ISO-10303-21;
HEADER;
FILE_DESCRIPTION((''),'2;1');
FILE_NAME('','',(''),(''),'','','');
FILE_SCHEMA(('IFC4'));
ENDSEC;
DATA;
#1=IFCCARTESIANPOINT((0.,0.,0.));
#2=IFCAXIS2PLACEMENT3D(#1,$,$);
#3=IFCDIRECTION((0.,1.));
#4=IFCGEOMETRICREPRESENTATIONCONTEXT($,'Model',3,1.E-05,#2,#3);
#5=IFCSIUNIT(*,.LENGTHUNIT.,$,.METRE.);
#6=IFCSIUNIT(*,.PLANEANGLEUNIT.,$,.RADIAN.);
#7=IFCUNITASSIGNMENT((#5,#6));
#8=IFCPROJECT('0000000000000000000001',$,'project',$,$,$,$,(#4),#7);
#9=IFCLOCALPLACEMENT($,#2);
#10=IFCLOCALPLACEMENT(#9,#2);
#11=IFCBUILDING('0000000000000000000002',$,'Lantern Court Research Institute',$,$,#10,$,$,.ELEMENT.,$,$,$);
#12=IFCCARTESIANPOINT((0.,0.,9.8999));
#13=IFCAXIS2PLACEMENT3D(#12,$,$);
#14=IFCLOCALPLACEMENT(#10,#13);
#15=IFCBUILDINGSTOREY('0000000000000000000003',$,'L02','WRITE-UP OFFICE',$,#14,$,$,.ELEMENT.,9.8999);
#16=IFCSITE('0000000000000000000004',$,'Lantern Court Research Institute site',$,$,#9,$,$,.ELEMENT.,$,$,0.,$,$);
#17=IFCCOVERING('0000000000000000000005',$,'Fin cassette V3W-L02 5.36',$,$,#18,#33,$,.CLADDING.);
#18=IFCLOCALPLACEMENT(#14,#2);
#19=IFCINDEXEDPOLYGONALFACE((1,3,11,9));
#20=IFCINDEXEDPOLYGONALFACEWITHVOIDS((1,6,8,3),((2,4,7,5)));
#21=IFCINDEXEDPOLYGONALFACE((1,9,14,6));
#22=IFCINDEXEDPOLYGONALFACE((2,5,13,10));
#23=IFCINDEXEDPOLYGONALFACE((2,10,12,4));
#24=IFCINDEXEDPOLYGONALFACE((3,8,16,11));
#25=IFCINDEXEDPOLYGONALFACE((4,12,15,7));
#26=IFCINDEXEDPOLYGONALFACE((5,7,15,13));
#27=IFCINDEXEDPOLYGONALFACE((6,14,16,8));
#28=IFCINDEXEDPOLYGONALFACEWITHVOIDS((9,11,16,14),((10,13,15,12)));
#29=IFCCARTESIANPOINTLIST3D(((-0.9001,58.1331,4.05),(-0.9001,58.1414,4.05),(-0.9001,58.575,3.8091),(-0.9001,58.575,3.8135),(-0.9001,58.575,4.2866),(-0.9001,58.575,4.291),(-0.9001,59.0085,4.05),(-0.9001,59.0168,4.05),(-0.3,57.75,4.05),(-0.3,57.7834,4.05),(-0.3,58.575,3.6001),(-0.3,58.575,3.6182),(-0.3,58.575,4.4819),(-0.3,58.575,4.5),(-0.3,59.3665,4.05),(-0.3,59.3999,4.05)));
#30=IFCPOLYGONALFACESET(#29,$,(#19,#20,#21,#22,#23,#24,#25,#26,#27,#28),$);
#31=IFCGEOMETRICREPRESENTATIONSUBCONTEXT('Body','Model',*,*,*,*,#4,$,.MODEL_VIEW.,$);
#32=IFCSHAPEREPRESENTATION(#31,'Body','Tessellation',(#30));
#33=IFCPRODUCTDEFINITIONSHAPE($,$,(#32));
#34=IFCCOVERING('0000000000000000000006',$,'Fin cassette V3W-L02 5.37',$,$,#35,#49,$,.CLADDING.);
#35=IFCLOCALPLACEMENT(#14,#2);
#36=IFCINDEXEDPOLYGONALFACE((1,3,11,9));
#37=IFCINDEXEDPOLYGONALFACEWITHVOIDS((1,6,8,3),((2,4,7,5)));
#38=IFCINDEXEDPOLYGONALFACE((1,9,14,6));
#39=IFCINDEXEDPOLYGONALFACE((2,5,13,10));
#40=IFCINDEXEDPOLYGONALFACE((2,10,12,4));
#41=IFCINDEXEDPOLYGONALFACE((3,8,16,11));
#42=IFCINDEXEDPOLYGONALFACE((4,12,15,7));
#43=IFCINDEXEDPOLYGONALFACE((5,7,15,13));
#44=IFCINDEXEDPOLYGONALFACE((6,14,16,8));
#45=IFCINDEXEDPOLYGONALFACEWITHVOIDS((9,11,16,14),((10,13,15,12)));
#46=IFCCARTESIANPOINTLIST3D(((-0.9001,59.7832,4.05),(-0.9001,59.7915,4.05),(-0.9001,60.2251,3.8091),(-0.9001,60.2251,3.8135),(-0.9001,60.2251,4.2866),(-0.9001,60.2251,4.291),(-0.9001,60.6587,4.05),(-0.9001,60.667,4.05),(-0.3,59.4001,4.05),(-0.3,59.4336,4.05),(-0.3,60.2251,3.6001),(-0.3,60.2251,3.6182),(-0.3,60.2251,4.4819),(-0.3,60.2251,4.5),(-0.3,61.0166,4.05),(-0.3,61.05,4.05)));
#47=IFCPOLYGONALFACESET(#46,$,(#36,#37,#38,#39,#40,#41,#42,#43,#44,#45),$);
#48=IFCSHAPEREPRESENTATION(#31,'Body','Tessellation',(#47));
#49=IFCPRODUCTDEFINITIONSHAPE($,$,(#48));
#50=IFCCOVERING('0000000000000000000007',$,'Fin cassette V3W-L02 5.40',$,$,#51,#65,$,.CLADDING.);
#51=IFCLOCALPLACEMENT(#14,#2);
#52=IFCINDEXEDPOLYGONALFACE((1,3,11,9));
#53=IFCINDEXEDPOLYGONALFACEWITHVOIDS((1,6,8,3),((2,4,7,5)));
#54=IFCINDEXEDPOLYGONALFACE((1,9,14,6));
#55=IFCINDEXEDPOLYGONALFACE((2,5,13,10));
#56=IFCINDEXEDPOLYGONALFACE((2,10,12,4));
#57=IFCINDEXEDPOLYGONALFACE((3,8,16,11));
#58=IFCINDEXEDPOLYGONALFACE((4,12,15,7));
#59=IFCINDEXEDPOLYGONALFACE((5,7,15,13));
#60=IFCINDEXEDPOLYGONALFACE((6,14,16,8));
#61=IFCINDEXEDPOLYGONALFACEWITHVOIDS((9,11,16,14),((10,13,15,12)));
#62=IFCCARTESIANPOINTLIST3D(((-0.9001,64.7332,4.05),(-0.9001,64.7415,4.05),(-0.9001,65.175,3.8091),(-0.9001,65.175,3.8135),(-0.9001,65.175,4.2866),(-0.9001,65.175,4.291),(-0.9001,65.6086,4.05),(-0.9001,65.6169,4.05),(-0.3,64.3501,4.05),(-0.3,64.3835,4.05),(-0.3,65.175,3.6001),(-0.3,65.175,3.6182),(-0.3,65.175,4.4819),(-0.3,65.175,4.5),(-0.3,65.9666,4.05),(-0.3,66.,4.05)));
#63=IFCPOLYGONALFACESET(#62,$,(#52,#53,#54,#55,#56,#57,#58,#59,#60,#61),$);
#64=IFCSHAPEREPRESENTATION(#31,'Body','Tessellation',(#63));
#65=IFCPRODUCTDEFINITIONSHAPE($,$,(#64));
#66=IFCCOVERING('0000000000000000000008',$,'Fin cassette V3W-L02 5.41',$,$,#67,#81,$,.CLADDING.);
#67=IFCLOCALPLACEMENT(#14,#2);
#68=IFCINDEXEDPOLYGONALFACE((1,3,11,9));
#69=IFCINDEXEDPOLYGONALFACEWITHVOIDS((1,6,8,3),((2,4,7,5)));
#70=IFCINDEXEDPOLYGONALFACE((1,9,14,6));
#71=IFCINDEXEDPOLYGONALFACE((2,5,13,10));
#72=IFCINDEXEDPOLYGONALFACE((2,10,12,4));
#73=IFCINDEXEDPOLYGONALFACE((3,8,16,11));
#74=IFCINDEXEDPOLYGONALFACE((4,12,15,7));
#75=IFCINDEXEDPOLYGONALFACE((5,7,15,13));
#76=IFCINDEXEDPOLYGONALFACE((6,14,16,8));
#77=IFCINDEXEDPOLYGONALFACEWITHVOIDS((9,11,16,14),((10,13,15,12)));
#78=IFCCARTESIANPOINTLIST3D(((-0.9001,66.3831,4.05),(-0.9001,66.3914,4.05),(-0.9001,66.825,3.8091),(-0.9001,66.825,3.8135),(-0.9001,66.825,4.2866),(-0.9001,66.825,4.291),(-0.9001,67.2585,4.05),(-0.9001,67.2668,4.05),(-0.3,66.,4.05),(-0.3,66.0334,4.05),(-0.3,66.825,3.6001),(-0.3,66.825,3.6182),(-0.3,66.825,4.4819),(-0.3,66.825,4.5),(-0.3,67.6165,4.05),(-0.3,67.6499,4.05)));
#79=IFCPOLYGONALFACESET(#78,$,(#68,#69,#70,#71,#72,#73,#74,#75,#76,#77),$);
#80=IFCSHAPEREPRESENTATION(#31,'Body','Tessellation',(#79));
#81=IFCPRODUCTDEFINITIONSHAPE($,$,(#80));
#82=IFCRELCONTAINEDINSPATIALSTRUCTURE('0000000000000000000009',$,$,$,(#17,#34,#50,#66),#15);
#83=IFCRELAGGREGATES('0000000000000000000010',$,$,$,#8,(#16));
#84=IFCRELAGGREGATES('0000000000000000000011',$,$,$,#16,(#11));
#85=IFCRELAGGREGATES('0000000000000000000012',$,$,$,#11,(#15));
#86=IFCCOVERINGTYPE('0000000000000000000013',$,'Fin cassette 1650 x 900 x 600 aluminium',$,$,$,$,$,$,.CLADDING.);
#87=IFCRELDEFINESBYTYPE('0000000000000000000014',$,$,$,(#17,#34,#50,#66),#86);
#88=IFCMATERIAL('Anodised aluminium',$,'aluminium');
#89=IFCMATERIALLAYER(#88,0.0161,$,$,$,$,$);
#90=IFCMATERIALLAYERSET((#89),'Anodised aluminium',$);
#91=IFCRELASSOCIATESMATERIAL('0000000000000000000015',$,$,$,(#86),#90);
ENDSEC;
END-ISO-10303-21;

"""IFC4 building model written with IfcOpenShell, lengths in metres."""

from ifc_helpers import new_model, entity, si_unit, direction, frame, origin, place, context, subcontext, project, spatial, material, layer, layer_set, type_object, element, save


model = new_model("IFC4")

# Units and contexts
model_context = context("Model", 3, precision=1e-05, world=origin(), true_north=direction((0.0, 1.0)))
body_context = subcontext(model_context, "Body", "Model", "MODEL_VIEW")
ifc_project = project(units=[si_unit("LENGTHUNIT", "METRE"), si_unit("PLANEANGLEUNIT", "RADIAN")], contexts=[model_context])

# Site, building, storey
site_placement = place(None, origin())
site = spatial("IfcSite", under=ifc_project, at=site_placement, Name="Lantern Court Research Institute site", CompositionType="ELEMENT", RefElevation=0.0)
building_placement = place(site_placement, origin())
building = spatial("IfcBuilding", under=site, at=building_placement, Name="Lantern Court Research Institute", CompositionType="ELEMENT")
storey_placement = place(building_placement, frame((0.0, 0.0, 9.8999)))
storey = spatial("IfcBuildingStorey", under=building, at=storey_placement, Name="L02", Description="WRITE-UP OFFICE", CompositionType="ELEMENT", Elevation=9.8999)

# Coverings
ifc_material_1 = material(Name="Anodised aluminium", Category="aluminium")
ifc_layer_1 = layer(ifc_material_1, 0.0161)
ifc_layer_set_1 = layer_set([ifc_layer_1], Name="Anodised aluminium")
covering_type_1 = type_object("IfcCoveringType", Name="Fin cassette 1650 x 900 x 600 aluminium", PredefinedType="CLADDING", material=ifc_layer_set_1)
covering_1_placement = place(storey_placement, frame((-0.3, 58.575, 4.05), z_axis=(-1.0, 0.0, 0.0), x_axis=(0.0, -1.0, 0.0)))
cartesian_point_1 = entity("IfcCartesianPoint", [0.825, 0.0])
cartesian_point_2 = entity("IfcCartesianPoint", [0.7915, 0.0])
cartesian_point_3 = entity("IfcCartesianPoint", [0.4419, 0.0])
cartesian_point_4 = entity("IfcCartesianPoint", [0.4336, 0.0])
element("IfcCovering", 1, at=covering_1_placement, inside=storey, type_object=covering_type_1, Name="Fin cassette V3W-L02 5.36", PredefinedType="CLADDING", context=body_context, shape_type="SweptSolid", body=[
    entity("IfcExtrudedAreaSolidTapered", entity("IfcArbitraryProfileDefWithVoids", "AREA", None, entity("IfcPolyline", [cartesian_point_1, entity("IfcCartesianPoint", [0.0, 0.45]), entity("IfcCartesianPoint", [-0.825, 0.0]), entity("IfcCartesianPoint", [0.0, -0.45]), cartesian_point_1]), [entity("IfcPolyline", [cartesian_point_2, entity("IfcCartesianPoint", [0.0, 0.4319]), entity("IfcCartesianPoint", [-0.7915, 0.0]), entity("IfcCartesianPoint", [0.0, -0.4319]), cartesian_point_2])]), entity("IfcAxis2Placement3D", entity("IfcCartesianPoint", [0.0, 0.0, 0.0])), entity("IfcDirection", [0.0, 0.0, 1.0]), 0.6001, entity("IfcArbitraryProfileDefWithVoids", "AREA", None, entity("IfcPolyline", [cartesian_point_3, entity("IfcCartesianPoint", [0.0, 0.241]), entity("IfcCartesianPoint", [-0.4419, 0.0]), entity("IfcCartesianPoint", [0.0, -0.241]), cartesian_point_3]), [entity("IfcPolyline", [cartesian_point_4, entity("IfcCartesianPoint", [0.0, 0.2366]), entity("IfcCartesianPoint", [-0.4336, 0.0]), entity("IfcCartesianPoint", [0.0, -0.2366]), cartesian_point_4])])),
])
covering_2_placement = place(storey_placement, frame((-0.3, 60.2251, 4.05), z_axis=(-1.0, 0.0, 0.0), x_axis=(0.0, -1.0, 0.0)))
cartesian_point_5 = entity("IfcCartesianPoint", [0.825, 0.0])
cartesian_point_6 = entity("IfcCartesianPoint", [0.7915, 0.0])
cartesian_point_7 = entity("IfcCartesianPoint", [0.4419, 0.0])
cartesian_point_8 = entity("IfcCartesianPoint", [0.4336, 0.0])
element("IfcCovering", 2, at=covering_2_placement, inside=storey, type_object=covering_type_1, Name="Fin cassette V3W-L02 5.37", PredefinedType="CLADDING", context=body_context, shape_type="SweptSolid", body=[
    entity("IfcExtrudedAreaSolidTapered", entity("IfcArbitraryProfileDefWithVoids", "AREA", None, entity("IfcPolyline", [cartesian_point_5, entity("IfcCartesianPoint", [0.0, 0.45]), entity("IfcCartesianPoint", [-0.825, 0.0]), entity("IfcCartesianPoint", [0.0, -0.45]), cartesian_point_5]), [entity("IfcPolyline", [cartesian_point_6, entity("IfcCartesianPoint", [0.0, 0.4319]), entity("IfcCartesianPoint", [-0.7915, 0.0]), entity("IfcCartesianPoint", [0.0, -0.4319]), cartesian_point_6])]), entity("IfcAxis2Placement3D", entity("IfcCartesianPoint", [0.0, 0.0, 0.0])), entity("IfcDirection", [0.0, 0.0, 1.0]), 0.6001, entity("IfcArbitraryProfileDefWithVoids", "AREA", None, entity("IfcPolyline", [cartesian_point_7, entity("IfcCartesianPoint", [0.0, 0.241]), entity("IfcCartesianPoint", [-0.4419, 0.0]), entity("IfcCartesianPoint", [0.0, -0.241]), cartesian_point_7]), [entity("IfcPolyline", [cartesian_point_8, entity("IfcCartesianPoint", [0.0, 0.2366]), entity("IfcCartesianPoint", [-0.4336, 0.0]), entity("IfcCartesianPoint", [0.0, -0.2366]), cartesian_point_8])])),
])
covering_3_placement = place(storey_placement, frame((-0.3, 65.175, 4.05), z_axis=(-1.0, 0.0, 0.0), x_axis=(0.0, -1.0, 0.0)))
cartesian_point_9 = entity("IfcCartesianPoint", [0.825, 0.0])
cartesian_point_10 = entity("IfcCartesianPoint", [0.7915, 0.0])
cartesian_point_11 = entity("IfcCartesianPoint", [0.4419, 0.0])
cartesian_point_12 = entity("IfcCartesianPoint", [0.4336, 0.0])
element("IfcCovering", 3, at=covering_3_placement, inside=storey, type_object=covering_type_1, Name="Fin cassette V3W-L02 5.40", PredefinedType="CLADDING", context=body_context, shape_type="SweptSolid", body=[
    entity("IfcExtrudedAreaSolidTapered", entity("IfcArbitraryProfileDefWithVoids", "AREA", None, entity("IfcPolyline", [cartesian_point_9, entity("IfcCartesianPoint", [0.0, 0.45]), entity("IfcCartesianPoint", [-0.825, 0.0]), entity("IfcCartesianPoint", [0.0, -0.45]), cartesian_point_9]), [entity("IfcPolyline", [cartesian_point_10, entity("IfcCartesianPoint", [0.0, 0.4319]), entity("IfcCartesianPoint", [-0.7915, 0.0]), entity("IfcCartesianPoint", [0.0, -0.4319]), cartesian_point_10])]), entity("IfcAxis2Placement3D", entity("IfcCartesianPoint", [0.0, 0.0, 0.0])), entity("IfcDirection", [0.0, 0.0, 1.0]), 0.6001, entity("IfcArbitraryProfileDefWithVoids", "AREA", None, entity("IfcPolyline", [cartesian_point_11, entity("IfcCartesianPoint", [0.0, 0.241]), entity("IfcCartesianPoint", [-0.4419, 0.0]), entity("IfcCartesianPoint", [0.0, -0.241]), cartesian_point_11]), [entity("IfcPolyline", [cartesian_point_12, entity("IfcCartesianPoint", [0.0, 0.2366]), entity("IfcCartesianPoint", [-0.4336, 0.0]), entity("IfcCartesianPoint", [0.0, -0.2366]), cartesian_point_12])])),
])
covering_4_placement = place(storey_placement, frame((-0.3, 66.825, 4.05), z_axis=(-1.0, 0.0, 0.0), x_axis=(0.0, -1.0, 0.0)))
cartesian_point_13 = entity("IfcCartesianPoint", [0.825, 0.0])
cartesian_point_14 = entity("IfcCartesianPoint", [0.7915, 0.0])
cartesian_point_15 = entity("IfcCartesianPoint", [0.4419, 0.0])
cartesian_point_16 = entity("IfcCartesianPoint", [0.4336, 0.0])
element("IfcCovering", 4, at=covering_4_placement, inside=storey, type_object=covering_type_1, Name="Fin cassette V3W-L02 5.41", PredefinedType="CLADDING", context=body_context, shape_type="SweptSolid", body=[
    entity("IfcExtrudedAreaSolidTapered", entity("IfcArbitraryProfileDefWithVoids", "AREA", None, entity("IfcPolyline", [cartesian_point_13, entity("IfcCartesianPoint", [0.0, 0.45]), entity("IfcCartesianPoint", [-0.825, 0.0]), entity("IfcCartesianPoint", [0.0, -0.45]), cartesian_point_13]), [entity("IfcPolyline", [cartesian_point_14, entity("IfcCartesianPoint", [0.0, 0.4319]), entity("IfcCartesianPoint", [-0.7915, 0.0]), entity("IfcCartesianPoint", [0.0, -0.4319]), cartesian_point_14])]), entity("IfcAxis2Placement3D", entity("IfcCartesianPoint", [0.0, 0.0, 0.0])), entity("IfcDirection", [0.0, 0.0, 1.0]), 0.6001, entity("IfcArbitraryProfileDefWithVoids", "AREA", None, entity("IfcPolyline", [cartesian_point_15, entity("IfcCartesianPoint", [0.0, 0.241]), entity("IfcCartesianPoint", [-0.4419, 0.0]), entity("IfcCartesianPoint", [0.0, -0.241]), cartesian_point_15]), [entity("IfcPolyline", [cartesian_point_16, entity("IfcCartesianPoint", [0.0, 0.2366]), entity("IfcCartesianPoint", [-0.4336, 0.0]), entity("IfcCartesianPoint", [0.0, -0.2366]), cartesian_point_16])])),
])

save(model, "model.ifc")
